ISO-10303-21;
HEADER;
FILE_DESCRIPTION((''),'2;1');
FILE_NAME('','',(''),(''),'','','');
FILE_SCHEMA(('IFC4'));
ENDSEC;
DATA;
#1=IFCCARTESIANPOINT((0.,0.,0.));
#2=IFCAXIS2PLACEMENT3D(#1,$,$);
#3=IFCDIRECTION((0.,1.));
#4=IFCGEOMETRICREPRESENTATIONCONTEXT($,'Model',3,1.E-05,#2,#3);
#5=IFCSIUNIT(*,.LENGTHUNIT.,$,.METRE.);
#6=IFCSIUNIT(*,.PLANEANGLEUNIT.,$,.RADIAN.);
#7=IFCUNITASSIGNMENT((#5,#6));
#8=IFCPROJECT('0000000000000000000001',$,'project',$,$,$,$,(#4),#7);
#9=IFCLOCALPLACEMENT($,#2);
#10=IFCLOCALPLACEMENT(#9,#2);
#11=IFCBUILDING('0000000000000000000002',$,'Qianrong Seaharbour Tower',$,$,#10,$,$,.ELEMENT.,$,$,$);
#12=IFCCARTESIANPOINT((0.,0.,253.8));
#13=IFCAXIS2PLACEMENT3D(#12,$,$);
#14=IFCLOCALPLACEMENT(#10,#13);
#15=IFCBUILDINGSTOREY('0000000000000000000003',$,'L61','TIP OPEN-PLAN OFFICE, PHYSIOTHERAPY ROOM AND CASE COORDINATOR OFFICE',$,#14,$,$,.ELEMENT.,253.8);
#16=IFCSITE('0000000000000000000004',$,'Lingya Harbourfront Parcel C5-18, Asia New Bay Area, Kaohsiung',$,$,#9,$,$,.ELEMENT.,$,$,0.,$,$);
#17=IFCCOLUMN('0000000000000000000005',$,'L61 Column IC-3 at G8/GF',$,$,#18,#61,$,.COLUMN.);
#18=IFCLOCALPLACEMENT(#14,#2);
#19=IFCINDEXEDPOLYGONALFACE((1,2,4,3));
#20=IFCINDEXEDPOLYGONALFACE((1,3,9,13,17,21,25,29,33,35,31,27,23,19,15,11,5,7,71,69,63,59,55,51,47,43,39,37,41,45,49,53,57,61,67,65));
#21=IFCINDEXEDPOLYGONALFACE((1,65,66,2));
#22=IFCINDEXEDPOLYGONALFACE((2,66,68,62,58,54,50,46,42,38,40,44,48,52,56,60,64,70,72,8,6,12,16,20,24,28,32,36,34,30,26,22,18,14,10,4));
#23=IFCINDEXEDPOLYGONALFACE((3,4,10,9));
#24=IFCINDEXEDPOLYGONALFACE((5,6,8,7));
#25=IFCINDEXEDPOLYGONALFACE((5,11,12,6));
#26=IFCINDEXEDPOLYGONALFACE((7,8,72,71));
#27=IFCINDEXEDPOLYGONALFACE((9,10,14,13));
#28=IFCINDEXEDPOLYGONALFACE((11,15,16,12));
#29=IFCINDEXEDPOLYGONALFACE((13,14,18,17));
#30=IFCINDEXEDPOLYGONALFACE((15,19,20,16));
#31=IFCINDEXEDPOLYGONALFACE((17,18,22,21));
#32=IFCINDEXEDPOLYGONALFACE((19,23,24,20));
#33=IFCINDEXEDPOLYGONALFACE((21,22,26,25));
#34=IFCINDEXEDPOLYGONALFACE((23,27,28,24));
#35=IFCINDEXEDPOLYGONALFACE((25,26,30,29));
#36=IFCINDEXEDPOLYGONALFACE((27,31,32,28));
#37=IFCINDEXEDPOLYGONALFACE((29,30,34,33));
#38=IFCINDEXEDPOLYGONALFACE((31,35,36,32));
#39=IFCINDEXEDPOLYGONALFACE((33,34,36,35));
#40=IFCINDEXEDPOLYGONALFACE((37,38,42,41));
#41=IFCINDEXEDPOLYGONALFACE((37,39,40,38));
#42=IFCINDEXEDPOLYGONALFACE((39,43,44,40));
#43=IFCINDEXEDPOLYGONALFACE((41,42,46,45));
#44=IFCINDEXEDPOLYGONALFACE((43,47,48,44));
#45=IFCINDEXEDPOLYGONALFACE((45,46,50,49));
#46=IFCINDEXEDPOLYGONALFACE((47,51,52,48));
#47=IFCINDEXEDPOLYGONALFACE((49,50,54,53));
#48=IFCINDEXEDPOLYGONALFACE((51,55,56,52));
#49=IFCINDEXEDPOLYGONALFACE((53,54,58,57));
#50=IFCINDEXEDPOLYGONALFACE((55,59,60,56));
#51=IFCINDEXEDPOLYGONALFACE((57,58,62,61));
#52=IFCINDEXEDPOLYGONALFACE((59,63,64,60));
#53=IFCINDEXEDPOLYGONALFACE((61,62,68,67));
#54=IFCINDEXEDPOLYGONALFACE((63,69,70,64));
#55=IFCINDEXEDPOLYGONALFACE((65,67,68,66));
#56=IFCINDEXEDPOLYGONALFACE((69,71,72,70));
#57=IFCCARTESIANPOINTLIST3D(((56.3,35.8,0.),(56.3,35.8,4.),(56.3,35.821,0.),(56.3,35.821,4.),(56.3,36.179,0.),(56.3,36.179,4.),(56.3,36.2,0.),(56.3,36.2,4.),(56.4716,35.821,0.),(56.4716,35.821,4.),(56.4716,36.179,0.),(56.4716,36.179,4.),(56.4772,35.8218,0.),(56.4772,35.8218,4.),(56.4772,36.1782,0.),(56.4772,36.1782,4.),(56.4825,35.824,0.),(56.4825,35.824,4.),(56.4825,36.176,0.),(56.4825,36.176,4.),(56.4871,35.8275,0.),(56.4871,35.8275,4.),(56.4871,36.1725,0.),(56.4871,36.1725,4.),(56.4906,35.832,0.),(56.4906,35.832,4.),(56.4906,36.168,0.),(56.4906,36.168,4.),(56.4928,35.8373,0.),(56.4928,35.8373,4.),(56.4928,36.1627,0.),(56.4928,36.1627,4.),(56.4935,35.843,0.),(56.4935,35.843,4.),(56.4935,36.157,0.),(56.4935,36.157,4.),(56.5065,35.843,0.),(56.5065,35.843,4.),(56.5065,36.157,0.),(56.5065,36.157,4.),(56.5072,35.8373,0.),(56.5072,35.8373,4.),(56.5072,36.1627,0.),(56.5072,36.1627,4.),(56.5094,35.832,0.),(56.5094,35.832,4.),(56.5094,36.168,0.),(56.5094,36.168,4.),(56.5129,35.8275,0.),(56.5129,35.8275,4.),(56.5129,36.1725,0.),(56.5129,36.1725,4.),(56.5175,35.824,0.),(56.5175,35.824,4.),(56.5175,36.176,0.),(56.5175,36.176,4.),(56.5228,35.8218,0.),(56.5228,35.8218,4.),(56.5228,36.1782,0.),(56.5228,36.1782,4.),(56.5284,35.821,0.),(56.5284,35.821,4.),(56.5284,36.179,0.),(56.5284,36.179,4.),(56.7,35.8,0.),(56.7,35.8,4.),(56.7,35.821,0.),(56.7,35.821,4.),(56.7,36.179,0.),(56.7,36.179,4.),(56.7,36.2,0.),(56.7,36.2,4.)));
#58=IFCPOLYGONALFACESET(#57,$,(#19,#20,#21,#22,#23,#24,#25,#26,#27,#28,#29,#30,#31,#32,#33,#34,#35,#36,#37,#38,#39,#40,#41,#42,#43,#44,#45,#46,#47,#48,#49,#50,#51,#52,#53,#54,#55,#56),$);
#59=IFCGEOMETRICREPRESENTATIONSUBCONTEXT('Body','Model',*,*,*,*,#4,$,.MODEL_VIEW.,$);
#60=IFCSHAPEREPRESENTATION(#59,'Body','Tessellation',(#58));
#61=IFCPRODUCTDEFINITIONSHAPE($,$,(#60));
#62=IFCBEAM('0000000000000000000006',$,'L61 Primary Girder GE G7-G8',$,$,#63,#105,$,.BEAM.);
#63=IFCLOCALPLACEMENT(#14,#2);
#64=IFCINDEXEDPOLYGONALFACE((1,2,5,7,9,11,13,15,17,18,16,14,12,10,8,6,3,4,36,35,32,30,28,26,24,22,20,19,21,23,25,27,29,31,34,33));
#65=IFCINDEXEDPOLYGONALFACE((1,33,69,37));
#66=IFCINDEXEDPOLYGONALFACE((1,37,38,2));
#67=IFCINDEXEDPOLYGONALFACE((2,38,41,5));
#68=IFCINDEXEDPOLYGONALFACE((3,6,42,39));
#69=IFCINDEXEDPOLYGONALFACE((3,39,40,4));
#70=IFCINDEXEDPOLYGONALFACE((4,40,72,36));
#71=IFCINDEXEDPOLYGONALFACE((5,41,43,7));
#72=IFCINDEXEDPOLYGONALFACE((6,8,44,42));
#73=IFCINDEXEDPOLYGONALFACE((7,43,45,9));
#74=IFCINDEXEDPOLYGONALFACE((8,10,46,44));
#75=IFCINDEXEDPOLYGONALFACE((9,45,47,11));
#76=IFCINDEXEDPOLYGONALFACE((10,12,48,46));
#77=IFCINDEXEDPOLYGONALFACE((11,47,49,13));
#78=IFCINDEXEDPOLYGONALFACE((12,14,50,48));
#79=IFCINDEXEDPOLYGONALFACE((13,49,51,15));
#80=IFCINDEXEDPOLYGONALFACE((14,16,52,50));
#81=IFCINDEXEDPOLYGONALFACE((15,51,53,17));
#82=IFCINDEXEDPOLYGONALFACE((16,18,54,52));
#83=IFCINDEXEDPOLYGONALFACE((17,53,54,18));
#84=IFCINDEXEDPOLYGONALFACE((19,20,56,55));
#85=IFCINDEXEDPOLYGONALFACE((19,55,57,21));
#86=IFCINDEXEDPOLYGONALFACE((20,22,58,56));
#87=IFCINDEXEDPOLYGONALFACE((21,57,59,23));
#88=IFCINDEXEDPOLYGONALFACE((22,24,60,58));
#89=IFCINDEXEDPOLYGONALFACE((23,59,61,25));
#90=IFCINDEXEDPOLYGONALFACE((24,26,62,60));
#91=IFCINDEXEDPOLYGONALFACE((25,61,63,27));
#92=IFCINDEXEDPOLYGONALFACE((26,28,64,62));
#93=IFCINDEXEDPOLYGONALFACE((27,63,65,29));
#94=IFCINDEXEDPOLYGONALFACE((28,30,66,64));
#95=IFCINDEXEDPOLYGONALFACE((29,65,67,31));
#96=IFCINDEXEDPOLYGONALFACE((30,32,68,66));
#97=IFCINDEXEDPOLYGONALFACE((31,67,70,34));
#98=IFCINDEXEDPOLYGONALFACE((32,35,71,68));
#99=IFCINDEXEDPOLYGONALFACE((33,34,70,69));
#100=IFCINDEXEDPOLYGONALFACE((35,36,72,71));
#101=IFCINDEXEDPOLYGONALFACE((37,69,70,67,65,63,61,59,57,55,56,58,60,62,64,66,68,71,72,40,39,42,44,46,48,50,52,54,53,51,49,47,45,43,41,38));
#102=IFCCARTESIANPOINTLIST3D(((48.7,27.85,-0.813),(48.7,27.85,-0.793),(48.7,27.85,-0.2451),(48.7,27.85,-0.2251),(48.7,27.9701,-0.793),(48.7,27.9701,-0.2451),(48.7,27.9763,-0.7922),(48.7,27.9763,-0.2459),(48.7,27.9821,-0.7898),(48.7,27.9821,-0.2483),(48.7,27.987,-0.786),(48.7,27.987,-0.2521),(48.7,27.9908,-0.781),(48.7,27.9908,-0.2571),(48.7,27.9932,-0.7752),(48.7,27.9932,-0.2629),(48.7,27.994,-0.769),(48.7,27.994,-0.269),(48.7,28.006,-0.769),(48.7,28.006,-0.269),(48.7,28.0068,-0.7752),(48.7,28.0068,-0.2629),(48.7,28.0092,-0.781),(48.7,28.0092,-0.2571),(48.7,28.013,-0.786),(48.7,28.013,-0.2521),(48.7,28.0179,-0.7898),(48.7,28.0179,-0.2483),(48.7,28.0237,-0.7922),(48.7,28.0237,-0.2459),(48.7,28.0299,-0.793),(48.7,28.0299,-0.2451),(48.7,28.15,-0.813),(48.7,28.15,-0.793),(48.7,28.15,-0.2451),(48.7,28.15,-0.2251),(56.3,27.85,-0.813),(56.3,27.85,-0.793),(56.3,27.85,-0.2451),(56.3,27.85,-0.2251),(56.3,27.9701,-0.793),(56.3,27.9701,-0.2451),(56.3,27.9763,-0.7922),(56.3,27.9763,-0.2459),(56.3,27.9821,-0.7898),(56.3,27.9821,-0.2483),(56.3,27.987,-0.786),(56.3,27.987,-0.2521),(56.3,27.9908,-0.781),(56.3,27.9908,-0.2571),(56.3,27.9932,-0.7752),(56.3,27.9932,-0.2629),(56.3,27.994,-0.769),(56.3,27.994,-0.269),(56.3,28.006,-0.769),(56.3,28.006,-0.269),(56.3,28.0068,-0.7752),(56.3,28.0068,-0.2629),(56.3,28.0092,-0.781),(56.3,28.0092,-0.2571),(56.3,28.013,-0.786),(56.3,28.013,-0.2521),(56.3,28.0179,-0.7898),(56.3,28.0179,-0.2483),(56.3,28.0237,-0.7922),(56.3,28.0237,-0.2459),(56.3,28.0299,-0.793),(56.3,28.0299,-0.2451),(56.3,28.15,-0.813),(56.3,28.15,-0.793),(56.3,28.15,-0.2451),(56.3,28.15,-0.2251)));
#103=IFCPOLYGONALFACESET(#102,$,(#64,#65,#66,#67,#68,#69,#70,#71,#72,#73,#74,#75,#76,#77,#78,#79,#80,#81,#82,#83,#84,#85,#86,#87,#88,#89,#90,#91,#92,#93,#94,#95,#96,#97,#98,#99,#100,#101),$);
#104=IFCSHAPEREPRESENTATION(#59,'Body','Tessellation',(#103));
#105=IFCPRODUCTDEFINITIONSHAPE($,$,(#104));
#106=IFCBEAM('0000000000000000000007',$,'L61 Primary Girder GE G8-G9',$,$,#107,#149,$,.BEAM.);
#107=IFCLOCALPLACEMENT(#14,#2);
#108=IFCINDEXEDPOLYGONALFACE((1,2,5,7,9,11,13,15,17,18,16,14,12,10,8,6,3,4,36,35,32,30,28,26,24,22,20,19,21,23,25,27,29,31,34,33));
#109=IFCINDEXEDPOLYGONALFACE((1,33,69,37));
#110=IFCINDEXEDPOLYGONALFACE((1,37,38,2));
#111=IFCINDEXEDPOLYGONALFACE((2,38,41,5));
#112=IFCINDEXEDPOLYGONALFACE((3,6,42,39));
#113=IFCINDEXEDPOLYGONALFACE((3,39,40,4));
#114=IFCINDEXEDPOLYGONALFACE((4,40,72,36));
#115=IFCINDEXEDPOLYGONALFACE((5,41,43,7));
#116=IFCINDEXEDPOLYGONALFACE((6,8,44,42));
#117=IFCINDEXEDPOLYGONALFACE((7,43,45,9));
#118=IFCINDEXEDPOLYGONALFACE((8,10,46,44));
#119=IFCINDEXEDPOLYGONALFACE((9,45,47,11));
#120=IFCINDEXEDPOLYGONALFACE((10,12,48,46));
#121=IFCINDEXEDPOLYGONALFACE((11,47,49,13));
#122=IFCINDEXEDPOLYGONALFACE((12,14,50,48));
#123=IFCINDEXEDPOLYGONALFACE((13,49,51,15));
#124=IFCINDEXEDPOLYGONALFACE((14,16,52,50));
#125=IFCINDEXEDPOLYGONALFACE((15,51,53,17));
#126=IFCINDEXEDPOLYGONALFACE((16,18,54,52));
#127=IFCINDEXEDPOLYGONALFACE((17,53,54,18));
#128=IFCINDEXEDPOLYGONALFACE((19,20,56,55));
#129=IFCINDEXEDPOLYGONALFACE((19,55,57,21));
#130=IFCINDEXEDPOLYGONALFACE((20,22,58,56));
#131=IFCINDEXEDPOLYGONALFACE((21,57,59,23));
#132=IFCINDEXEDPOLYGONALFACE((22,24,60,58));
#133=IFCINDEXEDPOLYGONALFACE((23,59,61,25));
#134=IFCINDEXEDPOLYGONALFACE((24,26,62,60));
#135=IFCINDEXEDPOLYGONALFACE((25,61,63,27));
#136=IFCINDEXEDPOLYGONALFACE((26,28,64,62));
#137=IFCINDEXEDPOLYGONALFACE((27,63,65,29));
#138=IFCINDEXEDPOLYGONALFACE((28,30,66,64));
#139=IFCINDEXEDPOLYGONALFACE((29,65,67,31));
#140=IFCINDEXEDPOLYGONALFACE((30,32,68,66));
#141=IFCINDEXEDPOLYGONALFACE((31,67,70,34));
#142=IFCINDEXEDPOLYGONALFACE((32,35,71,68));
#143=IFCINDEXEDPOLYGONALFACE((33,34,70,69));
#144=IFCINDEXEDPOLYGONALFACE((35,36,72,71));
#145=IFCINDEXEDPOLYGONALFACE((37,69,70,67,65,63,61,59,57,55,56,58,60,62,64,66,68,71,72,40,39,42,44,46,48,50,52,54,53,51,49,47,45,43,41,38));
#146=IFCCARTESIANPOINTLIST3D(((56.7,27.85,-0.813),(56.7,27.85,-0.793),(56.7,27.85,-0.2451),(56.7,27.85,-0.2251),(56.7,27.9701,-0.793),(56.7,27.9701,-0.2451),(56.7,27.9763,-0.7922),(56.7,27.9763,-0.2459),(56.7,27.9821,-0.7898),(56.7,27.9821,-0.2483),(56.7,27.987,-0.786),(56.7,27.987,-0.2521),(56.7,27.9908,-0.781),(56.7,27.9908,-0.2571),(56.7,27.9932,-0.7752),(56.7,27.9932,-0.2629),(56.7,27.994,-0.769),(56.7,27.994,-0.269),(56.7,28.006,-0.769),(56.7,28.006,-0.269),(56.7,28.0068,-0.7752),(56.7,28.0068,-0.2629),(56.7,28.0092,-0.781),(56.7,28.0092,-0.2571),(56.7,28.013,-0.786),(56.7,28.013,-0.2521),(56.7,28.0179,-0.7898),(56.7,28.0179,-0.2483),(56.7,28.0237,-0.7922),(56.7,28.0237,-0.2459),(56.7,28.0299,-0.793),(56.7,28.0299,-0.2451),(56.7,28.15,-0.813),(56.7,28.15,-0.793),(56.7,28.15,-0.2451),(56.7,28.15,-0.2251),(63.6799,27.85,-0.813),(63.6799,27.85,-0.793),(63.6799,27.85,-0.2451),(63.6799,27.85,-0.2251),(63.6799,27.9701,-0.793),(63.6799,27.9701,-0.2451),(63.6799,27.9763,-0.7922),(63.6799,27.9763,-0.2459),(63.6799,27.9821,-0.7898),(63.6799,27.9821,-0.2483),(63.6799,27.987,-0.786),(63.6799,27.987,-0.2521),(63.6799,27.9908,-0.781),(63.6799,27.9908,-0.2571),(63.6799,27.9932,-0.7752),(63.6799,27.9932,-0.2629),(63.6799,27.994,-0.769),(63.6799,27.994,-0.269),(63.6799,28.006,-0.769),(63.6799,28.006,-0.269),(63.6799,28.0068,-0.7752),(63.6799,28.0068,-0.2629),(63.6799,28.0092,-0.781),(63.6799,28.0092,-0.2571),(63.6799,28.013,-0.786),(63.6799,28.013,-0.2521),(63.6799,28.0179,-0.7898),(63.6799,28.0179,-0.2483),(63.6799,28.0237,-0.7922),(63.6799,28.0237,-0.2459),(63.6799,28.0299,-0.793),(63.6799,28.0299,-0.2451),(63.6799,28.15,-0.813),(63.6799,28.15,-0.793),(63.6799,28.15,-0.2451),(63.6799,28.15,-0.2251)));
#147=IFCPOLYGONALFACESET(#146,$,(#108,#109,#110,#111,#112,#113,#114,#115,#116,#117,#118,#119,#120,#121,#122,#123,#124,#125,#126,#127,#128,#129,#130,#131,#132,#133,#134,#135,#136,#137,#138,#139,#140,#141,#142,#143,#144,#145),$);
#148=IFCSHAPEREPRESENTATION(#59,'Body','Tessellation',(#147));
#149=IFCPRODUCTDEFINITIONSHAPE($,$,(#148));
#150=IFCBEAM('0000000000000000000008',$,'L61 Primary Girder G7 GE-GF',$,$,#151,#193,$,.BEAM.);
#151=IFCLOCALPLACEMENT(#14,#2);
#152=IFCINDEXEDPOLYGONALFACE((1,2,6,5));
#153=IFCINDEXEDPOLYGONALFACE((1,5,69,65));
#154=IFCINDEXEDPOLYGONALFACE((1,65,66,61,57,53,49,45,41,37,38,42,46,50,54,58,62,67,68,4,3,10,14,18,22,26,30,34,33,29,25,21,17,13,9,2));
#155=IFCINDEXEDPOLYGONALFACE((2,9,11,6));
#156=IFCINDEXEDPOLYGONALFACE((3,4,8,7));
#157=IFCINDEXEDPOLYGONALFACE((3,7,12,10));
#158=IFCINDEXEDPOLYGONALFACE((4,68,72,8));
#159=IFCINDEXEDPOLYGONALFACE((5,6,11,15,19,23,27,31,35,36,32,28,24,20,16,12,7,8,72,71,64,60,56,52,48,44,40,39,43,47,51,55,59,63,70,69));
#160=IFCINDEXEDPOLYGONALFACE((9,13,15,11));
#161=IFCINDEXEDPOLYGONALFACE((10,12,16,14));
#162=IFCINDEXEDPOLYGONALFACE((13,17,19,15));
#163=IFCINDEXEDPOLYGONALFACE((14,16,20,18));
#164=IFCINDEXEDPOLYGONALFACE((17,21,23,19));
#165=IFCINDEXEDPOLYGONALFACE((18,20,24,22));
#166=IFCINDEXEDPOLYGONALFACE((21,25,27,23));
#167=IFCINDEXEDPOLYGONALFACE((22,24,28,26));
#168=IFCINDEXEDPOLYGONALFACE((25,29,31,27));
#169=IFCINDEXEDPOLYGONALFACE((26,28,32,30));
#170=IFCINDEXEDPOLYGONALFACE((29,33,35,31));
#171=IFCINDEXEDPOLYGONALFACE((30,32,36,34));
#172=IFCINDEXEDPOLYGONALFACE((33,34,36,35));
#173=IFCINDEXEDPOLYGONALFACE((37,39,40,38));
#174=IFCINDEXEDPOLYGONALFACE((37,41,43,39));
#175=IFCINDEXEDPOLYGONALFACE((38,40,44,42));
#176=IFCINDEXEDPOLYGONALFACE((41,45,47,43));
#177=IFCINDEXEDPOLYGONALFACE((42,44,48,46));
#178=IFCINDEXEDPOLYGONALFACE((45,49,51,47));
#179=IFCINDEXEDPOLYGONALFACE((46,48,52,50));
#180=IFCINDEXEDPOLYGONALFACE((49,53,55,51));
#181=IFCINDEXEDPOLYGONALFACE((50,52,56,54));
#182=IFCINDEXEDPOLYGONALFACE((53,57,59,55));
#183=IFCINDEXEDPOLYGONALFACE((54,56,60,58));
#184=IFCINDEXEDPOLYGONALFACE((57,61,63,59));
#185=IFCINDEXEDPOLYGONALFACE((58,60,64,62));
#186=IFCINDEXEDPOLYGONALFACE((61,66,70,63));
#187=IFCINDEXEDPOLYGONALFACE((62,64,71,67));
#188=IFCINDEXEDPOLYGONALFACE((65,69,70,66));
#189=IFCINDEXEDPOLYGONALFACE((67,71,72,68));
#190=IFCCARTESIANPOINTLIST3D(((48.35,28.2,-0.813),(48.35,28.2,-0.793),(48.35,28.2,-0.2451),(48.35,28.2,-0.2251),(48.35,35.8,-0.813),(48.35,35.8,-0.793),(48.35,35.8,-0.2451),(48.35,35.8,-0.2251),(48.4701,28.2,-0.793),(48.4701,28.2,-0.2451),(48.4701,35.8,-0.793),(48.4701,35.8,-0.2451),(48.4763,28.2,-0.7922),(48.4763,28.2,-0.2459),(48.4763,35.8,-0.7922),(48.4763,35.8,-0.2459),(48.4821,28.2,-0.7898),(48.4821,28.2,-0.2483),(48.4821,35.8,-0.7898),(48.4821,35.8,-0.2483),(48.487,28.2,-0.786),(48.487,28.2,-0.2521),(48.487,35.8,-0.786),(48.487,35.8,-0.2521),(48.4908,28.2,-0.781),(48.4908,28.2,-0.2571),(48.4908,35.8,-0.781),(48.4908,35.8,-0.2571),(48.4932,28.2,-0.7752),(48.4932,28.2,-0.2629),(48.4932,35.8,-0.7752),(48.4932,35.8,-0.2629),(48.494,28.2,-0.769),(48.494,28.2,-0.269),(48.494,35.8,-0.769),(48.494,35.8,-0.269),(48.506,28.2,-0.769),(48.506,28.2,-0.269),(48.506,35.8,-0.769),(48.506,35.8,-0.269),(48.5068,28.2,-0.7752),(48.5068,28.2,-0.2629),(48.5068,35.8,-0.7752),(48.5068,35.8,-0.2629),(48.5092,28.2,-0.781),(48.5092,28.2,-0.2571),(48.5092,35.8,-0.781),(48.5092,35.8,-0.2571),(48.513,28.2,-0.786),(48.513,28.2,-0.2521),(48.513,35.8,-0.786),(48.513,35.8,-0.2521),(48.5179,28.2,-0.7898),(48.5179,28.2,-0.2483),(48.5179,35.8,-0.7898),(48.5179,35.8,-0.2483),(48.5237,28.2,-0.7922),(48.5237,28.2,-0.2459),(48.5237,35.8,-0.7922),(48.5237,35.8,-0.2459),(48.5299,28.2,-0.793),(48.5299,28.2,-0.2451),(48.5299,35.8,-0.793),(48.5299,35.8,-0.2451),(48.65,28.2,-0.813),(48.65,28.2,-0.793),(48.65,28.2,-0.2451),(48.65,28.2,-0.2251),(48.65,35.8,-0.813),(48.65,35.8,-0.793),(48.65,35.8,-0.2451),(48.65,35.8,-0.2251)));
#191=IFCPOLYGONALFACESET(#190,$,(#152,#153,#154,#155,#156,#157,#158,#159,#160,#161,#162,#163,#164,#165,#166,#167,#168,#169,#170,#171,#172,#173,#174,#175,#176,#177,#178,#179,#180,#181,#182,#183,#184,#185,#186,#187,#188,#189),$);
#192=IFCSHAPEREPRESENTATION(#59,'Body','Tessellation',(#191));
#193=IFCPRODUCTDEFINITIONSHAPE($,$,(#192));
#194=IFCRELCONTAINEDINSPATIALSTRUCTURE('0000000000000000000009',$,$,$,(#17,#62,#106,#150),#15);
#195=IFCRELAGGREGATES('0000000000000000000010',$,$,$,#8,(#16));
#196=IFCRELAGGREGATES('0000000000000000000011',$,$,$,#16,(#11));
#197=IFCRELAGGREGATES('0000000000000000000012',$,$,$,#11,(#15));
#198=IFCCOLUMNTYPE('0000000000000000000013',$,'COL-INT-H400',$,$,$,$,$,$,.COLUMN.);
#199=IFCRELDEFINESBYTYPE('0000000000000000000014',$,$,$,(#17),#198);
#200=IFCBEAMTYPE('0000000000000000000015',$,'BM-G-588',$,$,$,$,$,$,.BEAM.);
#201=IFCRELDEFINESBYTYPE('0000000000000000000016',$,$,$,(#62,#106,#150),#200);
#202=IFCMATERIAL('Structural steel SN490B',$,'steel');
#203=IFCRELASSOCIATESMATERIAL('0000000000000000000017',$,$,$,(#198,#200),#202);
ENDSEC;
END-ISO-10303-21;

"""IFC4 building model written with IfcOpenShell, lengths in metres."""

from ifc_helpers import new_model, si_unit, direction, frame, origin, origin_2d, place, context, subcontext, project, spatial, i_section, extrude, material, material_profile, profile_set, type_object, element, save


model = new_model("IFC4")

# Units and contexts
model_context = context("Model", 3, precision=1e-05, world=origin(), true_north=direction((0.0, 1.0)))
body_context = subcontext(model_context, "Body", "Model", "MODEL_VIEW")
ifc_project = project(units=[si_unit("LENGTHUNIT", "METRE"), si_unit("PLANEANGLEUNIT", "RADIAN")], contexts=[model_context])

# Site, building, storey
site_placement = place(None, origin())
site = spatial("IfcSite", under=ifc_project, at=site_placement, Name="Lingya Harbourfront Parcel C5-18, Asia New Bay Area, Kaohsiung", CompositionType="ELEMENT", RefElevation=0.0)
building_placement = place(site_placement, origin())
building = spatial("IfcBuilding", under=site, at=building_placement, Name="Qianrong Seaharbour Tower", CompositionType="ELEMENT")
storey_placement = place(building_placement, frame((0.0, 0.0, 253.8)))
storey = spatial("IfcBuildingStorey", under=building, at=storey_placement, Name="L61", Description="TIP OPEN-PLAN OFFICE, PHYSIOTHERAPY ROOM AND CASE COORDINATOR OFFICE", CompositionType="ELEMENT", Elevation=253.8)

# Column
ifc_material_1 = material(Name="Structural steel SN490B", Category="steel")
ifc_material_profile_1 = material_profile(ifc_material_1, i_section(OverallWidth=0.3999, OverallDepth=0.3999, WebThickness=0.0129, FlangeThickness=0.021, FilletRadius=0.022, at=origin_2d()), Name="H400x400x13x21")
ifc_profile_set_1 = profile_set([ifc_material_profile_1], Name="Structural steel SN490B")
column_type_1 = type_object("IfcColumnType", Name="COL-INT-H400", PredefinedType="COLUMN", material=ifc_profile_set_1)
for number, where, z_axis, x_axis, name in (
    (1, (56.5, 36.0, 0.0), (0.0, 0.0, 1.0), (1.0, 0.0, 0.0), "L61 Column IC-3 at G8/GF"),
):
    element("IfcColumn", number, at=place(storey_placement, frame(where, z_axis=z_axis, x_axis=x_axis)), inside=storey, type_object=column_type_1, Name=name, PredefinedType="COLUMN", context=body_context, shape_type="SweptSolid", body=[
        extrude(i_section(OverallWidth=0.3999, OverallDepth=0.3999, WebThickness=0.0129, FlangeThickness=0.021, FilletRadius=0.022, at=origin_2d()), origin(), (0.0, 0.0, 1.0), 4.0),
    ])

# Beams
ifc_material_profile_2 = material_profile(ifc_material_1, i_section(OverallWidth=0.3, OverallDepth=0.5879, WebThickness=0.012, FlangeThickness=0.02, FilletRadius=0.0239, at=origin_2d()), Name="H588x300x12x20")
ifc_profile_set_2 = profile_set([ifc_material_profile_2], Name="Structural steel SN490B")
beam_type_1 = type_object("IfcBeamType", Name="BM-G-588", PredefinedType="BEAM", material=ifc_profile_set_2)
beam_1_placement = place(storey_placement, frame((48.7, 28.0, -0.519), z_axis=(1.0, 0.0, 0.0), x_axis=(0.0, 1.0, 0.0)))
element("IfcBeam", 2, at=beam_1_placement, inside=storey, type_object=beam_type_1, Name="L61 Primary Girder GE G7-G8", PredefinedType="BEAM", context=body_context, shape_type="SweptSolid", body=[
    extrude(i_section(OverallWidth=0.3, OverallDepth=0.5879, WebThickness=0.012, FlangeThickness=0.02, FilletRadius=0.0239, at=origin_2d()), origin(), (0.0, 0.0, 1.0), 7.6001),
])
beam_2_placement = place(storey_placement, frame((56.7, 28.0, -0.519), z_axis=(1.0, 0.0, 0.0), x_axis=(0.0, 1.0, 0.0)))
element("IfcBeam", 3, at=beam_2_placement, inside=storey, type_object=beam_type_1, Name="L61 Primary Girder GE G8-G9", PredefinedType="BEAM", context=body_context, shape_type="SweptSolid", body=[
    extrude(i_section(OverallWidth=0.3, OverallDepth=0.5879, WebThickness=0.012, FlangeThickness=0.02, FilletRadius=0.0239, at=origin_2d()), origin(), (0.0, 0.0, 1.0), 6.98),
])
for number, where, z_axis, x_axis, name in (
    (4, (48.5, 28.2, -0.519), (0.0, 1.0, 0.0), (-1.0, 0.0, 0.0), "L61 Primary Girder G7 GE-GF"),
):
    element("IfcBeam", number, at=place(storey_placement, frame(where, z_axis=z_axis, x_axis=x_axis)), inside=storey, type_object=beam_type_1, Name=name, PredefinedType="BEAM", context=body_context, shape_type="SweptSolid", body=[
        extrude(i_section(OverallWidth=0.3, OverallDepth=0.5879, WebThickness=0.012, FlangeThickness=0.02, FilletRadius=0.0239, at=origin_2d()), origin(), (0.0, 0.0, 1.0), 7.6001),
    ])

save(model, "model.ifc")
